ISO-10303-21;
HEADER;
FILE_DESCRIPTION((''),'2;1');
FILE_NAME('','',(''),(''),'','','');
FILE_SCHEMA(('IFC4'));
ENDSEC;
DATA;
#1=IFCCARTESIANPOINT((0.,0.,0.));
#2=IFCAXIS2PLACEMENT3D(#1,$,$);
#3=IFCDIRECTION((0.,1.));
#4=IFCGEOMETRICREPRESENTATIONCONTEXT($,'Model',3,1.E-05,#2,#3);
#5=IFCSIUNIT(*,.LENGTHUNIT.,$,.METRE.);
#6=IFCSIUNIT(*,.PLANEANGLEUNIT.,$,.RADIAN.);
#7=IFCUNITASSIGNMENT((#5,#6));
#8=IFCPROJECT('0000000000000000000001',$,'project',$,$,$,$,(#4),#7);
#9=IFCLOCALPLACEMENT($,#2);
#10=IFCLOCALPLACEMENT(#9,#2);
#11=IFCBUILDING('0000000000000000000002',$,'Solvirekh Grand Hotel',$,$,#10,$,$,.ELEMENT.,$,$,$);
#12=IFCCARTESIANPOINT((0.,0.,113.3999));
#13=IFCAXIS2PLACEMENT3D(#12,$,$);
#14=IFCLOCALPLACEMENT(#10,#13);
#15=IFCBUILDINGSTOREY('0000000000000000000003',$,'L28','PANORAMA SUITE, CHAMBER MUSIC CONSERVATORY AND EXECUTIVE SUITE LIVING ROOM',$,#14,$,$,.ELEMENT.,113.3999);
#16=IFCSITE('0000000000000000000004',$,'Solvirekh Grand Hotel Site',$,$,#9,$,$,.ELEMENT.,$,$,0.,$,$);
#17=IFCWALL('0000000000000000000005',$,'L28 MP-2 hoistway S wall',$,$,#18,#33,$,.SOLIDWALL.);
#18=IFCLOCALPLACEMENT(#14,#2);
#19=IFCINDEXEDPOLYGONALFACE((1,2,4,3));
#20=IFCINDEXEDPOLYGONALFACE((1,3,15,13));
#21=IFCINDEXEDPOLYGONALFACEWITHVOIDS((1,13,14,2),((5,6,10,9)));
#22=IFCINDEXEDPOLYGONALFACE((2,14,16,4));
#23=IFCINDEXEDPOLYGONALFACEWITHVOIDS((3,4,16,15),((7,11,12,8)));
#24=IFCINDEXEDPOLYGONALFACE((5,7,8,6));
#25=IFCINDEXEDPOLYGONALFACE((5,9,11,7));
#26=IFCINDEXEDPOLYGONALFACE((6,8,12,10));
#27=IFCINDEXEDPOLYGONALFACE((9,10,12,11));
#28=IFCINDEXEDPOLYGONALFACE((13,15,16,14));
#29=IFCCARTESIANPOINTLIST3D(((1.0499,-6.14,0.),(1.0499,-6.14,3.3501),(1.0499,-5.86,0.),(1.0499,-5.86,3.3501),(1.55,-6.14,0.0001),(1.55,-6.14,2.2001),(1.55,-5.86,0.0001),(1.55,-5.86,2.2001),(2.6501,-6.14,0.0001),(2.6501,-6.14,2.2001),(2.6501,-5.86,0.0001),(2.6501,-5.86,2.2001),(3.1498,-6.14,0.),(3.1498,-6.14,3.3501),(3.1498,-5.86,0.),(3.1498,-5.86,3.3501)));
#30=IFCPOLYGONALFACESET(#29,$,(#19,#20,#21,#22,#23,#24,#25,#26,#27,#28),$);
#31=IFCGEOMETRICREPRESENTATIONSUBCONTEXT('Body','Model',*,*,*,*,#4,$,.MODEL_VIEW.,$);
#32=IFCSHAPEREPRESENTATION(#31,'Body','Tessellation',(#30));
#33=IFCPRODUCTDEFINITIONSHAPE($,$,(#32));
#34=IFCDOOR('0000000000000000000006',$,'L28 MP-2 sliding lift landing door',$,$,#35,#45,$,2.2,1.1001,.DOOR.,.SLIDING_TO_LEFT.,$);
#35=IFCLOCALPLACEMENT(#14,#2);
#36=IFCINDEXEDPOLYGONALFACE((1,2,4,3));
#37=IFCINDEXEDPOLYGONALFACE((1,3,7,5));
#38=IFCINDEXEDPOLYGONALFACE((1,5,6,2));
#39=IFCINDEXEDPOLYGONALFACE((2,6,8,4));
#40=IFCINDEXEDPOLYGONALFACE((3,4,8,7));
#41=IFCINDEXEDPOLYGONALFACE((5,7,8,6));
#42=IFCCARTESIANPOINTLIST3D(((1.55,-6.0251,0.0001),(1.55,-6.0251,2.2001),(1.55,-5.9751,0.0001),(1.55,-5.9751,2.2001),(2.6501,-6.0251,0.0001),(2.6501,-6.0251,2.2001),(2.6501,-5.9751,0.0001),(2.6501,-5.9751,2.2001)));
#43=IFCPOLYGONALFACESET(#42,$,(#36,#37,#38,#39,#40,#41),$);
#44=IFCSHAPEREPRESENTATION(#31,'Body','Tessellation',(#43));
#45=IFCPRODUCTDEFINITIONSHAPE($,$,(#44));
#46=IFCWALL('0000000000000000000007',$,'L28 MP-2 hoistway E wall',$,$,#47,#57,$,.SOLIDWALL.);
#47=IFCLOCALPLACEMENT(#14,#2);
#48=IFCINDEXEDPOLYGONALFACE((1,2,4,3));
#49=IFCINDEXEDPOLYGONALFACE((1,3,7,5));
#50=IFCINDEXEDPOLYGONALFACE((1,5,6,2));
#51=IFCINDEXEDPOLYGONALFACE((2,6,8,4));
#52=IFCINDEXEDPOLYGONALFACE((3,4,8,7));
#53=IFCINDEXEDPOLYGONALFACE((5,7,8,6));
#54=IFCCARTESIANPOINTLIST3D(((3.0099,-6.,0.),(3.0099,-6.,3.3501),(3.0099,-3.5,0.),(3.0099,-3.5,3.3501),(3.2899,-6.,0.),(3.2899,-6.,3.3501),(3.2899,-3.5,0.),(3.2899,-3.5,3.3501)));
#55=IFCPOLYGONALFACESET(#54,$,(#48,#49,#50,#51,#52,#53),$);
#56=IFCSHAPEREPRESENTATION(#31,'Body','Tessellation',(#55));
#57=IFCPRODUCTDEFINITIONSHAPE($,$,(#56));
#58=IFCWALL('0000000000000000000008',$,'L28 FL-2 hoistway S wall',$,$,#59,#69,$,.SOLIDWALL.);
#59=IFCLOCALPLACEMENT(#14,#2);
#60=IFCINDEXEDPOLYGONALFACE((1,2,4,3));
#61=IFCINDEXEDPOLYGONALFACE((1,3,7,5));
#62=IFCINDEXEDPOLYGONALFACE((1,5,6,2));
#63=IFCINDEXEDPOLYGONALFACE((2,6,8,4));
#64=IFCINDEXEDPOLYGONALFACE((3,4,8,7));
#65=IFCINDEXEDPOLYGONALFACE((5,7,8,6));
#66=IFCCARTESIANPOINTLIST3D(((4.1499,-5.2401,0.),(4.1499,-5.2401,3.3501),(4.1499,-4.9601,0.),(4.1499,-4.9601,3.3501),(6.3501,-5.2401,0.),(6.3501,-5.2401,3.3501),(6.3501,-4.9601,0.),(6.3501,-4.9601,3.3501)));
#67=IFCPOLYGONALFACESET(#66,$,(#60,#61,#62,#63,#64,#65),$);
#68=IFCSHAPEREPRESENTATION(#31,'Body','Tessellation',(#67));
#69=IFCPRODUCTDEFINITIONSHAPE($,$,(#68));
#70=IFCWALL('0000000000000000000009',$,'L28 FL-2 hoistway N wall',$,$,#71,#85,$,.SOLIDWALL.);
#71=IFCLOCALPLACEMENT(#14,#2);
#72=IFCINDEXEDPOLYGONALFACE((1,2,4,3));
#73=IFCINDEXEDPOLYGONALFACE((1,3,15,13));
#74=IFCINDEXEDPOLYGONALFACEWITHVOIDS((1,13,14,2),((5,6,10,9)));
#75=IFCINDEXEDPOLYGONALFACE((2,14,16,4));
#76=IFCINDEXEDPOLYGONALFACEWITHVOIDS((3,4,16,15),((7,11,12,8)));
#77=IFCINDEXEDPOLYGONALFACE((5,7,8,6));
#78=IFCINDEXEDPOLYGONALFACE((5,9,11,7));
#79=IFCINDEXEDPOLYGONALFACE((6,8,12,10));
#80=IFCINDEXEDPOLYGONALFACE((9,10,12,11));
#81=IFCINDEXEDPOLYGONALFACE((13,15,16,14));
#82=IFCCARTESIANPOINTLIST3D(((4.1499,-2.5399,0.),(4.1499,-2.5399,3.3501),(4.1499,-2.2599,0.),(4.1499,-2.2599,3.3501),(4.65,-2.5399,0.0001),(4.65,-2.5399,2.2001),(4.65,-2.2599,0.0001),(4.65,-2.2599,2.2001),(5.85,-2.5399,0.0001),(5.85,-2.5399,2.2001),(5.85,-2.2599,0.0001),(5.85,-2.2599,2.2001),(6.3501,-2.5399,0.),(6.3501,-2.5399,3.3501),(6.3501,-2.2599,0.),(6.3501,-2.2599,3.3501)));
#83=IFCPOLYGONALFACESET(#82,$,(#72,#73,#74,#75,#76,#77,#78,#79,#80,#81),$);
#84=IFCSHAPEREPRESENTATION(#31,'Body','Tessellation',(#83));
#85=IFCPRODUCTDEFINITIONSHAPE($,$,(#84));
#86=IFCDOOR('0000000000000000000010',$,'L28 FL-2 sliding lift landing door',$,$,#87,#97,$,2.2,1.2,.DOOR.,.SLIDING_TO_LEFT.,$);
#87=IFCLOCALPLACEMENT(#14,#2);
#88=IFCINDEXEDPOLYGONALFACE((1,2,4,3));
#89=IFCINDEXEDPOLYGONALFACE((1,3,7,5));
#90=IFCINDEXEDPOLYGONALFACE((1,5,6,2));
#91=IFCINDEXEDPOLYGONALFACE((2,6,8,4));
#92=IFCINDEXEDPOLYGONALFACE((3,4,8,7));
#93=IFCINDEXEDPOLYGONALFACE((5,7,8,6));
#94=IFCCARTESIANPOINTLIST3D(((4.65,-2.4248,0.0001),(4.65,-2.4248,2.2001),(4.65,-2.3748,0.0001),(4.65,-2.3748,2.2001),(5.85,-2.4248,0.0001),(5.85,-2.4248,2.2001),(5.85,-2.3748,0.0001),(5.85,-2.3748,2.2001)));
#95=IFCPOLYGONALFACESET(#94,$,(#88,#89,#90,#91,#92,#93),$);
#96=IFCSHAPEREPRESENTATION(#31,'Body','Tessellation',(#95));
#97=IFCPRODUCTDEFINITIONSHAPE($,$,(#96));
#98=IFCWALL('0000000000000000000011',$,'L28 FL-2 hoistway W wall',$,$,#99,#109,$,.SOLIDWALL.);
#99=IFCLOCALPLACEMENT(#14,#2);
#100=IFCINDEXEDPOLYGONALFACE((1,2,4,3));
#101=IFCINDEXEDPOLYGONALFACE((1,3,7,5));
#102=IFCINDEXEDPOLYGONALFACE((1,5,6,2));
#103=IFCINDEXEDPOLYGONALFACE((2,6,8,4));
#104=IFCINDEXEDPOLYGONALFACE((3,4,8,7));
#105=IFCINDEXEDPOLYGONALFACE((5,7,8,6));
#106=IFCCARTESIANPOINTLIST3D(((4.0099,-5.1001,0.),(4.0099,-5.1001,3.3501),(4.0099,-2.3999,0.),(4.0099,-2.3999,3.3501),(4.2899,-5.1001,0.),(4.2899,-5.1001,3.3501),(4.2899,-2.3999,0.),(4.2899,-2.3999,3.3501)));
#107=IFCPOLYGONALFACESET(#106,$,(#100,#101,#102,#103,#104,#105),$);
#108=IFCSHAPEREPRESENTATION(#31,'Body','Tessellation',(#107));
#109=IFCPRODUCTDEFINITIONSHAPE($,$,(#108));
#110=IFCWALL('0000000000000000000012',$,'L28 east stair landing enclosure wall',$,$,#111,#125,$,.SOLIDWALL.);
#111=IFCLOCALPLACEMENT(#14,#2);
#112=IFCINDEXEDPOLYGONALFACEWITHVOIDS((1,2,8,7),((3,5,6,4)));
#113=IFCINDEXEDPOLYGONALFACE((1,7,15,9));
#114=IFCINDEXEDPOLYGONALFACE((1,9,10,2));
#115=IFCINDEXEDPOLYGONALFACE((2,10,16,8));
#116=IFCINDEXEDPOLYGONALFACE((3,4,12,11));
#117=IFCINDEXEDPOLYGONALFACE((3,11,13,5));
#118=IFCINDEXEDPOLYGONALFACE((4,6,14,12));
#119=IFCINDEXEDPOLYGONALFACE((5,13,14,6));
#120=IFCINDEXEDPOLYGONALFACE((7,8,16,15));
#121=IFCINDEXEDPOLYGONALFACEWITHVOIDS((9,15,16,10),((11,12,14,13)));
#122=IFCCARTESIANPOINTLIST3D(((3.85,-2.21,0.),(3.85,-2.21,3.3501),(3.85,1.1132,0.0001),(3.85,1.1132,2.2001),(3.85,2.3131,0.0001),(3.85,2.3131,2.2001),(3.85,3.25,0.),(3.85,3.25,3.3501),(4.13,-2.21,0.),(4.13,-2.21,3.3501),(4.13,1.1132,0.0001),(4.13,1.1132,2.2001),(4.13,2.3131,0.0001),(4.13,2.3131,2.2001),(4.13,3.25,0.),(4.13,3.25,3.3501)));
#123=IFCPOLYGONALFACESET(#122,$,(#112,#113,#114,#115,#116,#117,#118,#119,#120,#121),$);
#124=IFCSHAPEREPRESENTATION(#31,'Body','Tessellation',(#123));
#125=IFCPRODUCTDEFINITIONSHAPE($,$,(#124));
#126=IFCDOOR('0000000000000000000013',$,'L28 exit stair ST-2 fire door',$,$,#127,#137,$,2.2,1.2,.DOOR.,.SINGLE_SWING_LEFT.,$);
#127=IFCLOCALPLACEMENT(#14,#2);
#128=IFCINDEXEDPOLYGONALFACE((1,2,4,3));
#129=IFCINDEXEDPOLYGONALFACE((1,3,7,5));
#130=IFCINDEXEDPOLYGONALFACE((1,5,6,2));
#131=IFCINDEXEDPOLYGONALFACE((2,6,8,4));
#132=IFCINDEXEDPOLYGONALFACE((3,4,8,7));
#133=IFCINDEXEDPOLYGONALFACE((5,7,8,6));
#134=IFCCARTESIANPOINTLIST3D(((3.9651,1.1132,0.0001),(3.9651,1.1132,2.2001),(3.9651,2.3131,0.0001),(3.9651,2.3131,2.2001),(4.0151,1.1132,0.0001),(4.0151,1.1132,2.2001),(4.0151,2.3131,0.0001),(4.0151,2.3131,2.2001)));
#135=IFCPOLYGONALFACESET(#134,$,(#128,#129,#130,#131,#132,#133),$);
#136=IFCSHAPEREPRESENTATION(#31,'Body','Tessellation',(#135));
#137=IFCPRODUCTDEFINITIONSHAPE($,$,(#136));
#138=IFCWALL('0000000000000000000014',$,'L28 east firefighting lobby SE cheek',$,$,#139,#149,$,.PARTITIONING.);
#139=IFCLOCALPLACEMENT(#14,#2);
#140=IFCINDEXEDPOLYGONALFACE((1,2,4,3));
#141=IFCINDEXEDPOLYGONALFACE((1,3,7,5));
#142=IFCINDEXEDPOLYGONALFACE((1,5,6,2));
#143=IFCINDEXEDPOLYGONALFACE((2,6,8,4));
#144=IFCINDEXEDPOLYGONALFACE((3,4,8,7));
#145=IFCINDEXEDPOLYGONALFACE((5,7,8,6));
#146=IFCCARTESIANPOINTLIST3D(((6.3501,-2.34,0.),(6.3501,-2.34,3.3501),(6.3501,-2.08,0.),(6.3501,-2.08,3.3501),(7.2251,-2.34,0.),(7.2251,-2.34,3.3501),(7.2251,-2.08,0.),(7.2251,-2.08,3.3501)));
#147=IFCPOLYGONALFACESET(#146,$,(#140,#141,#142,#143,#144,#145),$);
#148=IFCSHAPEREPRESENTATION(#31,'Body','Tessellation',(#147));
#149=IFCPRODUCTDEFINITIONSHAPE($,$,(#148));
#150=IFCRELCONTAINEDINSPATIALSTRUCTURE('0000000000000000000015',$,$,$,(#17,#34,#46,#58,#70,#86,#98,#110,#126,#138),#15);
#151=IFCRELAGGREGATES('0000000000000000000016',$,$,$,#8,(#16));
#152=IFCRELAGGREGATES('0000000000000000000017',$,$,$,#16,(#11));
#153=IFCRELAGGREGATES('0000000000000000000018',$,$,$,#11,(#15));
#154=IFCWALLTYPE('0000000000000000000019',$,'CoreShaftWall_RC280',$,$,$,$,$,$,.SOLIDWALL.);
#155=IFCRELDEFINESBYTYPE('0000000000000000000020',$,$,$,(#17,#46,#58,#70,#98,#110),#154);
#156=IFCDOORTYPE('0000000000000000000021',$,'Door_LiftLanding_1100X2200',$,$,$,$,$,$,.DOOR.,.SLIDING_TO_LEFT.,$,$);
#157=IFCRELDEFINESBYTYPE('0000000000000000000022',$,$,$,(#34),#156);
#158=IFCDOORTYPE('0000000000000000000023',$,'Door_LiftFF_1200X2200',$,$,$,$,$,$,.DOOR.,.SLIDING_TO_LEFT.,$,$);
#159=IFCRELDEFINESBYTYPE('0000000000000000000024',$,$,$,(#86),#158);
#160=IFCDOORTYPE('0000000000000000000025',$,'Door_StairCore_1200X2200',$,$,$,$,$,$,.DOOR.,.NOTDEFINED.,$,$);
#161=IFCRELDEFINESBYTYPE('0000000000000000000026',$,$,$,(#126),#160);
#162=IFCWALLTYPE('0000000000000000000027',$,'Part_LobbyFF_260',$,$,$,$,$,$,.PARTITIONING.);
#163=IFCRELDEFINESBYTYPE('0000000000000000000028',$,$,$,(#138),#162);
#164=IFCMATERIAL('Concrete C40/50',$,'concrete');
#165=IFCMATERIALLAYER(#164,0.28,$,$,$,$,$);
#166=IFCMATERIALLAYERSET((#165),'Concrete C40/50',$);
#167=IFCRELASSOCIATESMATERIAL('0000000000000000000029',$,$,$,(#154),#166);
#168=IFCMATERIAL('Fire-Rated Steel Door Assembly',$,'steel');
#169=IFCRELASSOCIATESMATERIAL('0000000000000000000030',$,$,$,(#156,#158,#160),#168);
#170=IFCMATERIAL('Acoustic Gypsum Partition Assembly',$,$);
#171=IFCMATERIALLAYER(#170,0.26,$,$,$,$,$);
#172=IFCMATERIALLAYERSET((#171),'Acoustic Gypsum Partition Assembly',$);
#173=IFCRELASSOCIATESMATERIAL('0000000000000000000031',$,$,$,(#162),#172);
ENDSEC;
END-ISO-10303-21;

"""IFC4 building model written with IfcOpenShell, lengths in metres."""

from ifc_helpers import new_model, si_unit, direction, frame, frame_2d, origin, place, context, subcontext, project, spatial, rectangle, extrude, material, layer, layer_set, type_object, element, fill, save


model = new_model("IFC4")

# Units and contexts
model_context = context("Model", 3, precision=1e-05, world=origin(), true_north=direction((0.0, 1.0)))
body_context = subcontext(model_context, "Body", "Model", "MODEL_VIEW")
ifc_project = project(units=[si_unit("LENGTHUNIT", "METRE"), si_unit("PLANEANGLEUNIT", "RADIAN")], contexts=[model_context])

# Site, building, storey
site_placement = place(None, origin())
site = spatial("IfcSite", under=ifc_project, at=site_placement, Name="Solvirekh Grand Hotel Site", CompositionType="ELEMENT", RefElevation=0.0)
building_placement = place(site_placement, origin())
building = spatial("IfcBuilding", under=site, at=building_placement, Name="Solvirekh Grand Hotel", CompositionType="ELEMENT")
storey_placement = place(building_placement, frame((0.0, 0.0, 113.3999)))
storey = spatial("IfcBuildingStorey", under=building, at=storey_placement, Name="L28", Description="PANORAMA SUITE, CHAMBER MUSIC CONSERVATORY AND EXECUTIVE SUITE LIVING ROOM", CompositionType="ELEMENT", Elevation=113.3999)

# Shared definitions
ifc_material_1 = material(Name="Concrete C40/50", Category="concrete")
ifc_layer_1 = layer(ifc_material_1, 0.28)
ifc_layer_set_1 = layer_set([ifc_layer_1], Name="Concrete C40/50")
wall_type_1 = type_object("IfcWallType", Name="CoreShaftWall_RC280", PredefinedType="SOLIDWALL", material=ifc_layer_set_1)

# Wall, opening, door
wall_1_placement = place(storey_placement, frame((1.05, -6.0, 0.0), z_axis=(0.0, 0.0, 1.0), x_axis=(1.0, 0.0, 0.0)))
wall_1 = element("IfcWall", 1, at=wall_1_placement, inside=storey, type_object=wall_type_1, Name="L28 MP-2 hoistway S wall", PredefinedType="SOLIDWALL", context=body_context, shape_type="SweptSolid", body=[
    extrude(rectangle(XDim=2.0999, YDim=0.28, at=frame_2d((1.0498, 0.0))), origin(), (0.0, 0.0, 1.0), 3.3501),
])
opening_1_placement = place(wall_1_placement, frame((0.5, 0.0, 0.0)))
opening_1 = element("IfcOpeningElement", 2, at=opening_1_placement, cuts=wall_1, PredefinedType="OPENING", context=body_context, shape_type="SweptSolid", body=[
    extrude(rectangle(XDim=1.1001, YDim=2.2, at=frame_2d((0.55, 1.1001))), frame((0.0, 0.1499, 0.0), z_axis=(0.0, -1.0, 0.0), x_axis=(1.0, 0.0, 0.0)), (0.0, 0.0, 1.0), 0.3),
])
ifc_material_2 = material(Name="Fire-Rated Steel Door Assembly", Category="steel")
door_type_1 = type_object("IfcDoorType", Name="Door_LiftLanding_1100X2200", OperationType="SLIDING_TO_LEFT", PredefinedType="DOOR", material=ifc_material_2)
door_1_placement = place(opening_1_placement, origin())
door_1 = element("IfcDoor", 3, at=door_1_placement, inside=storey, type_object=door_type_1, Name="L28 MP-2 sliding lift landing door", OperationType="SLIDING_TO_LEFT", OverallHeight=2.2, OverallWidth=1.1001, PredefinedType="DOOR", context=body_context, shape_type="SweptSolid", body=[
    extrude(rectangle(XDim=1.1001, YDim=2.2, at=frame_2d((0.55, 1.1001))), frame((0.0, 0.0249, 0.0), z_axis=(0.0, -1.0, 0.0), x_axis=(1.0, 0.0, 0.0)), (0.0, 0.0, 1.0), 0.05),
])
fill(opening_1, door_1)

# Walls
wall_2_placement = place(storey_placement, frame((3.1499, -6.0, 0.0), z_axis=(0.0, 0.0, 1.0), x_axis=(0.0, 1.0, 0.0)))
element("IfcWall", 4, at=wall_2_placement, inside=storey, type_object=wall_type_1, Name="L28 MP-2 hoistway E wall", PredefinedType="SOLIDWALL", context=body_context, shape_type="SweptSolid", body=[
    extrude(rectangle(XDim=2.5, YDim=0.28, at=frame_2d((1.25, 0.0))), origin(), (0.0, 0.0, 1.0), 3.3501),
])
wall_3_placement = place(storey_placement, frame((4.1499, -5.1001, 0.0), z_axis=(0.0, 0.0, 1.0), x_axis=(1.0, 0.0, 0.0)))
element("IfcWall", 5, at=wall_3_placement, inside=storey, type_object=wall_type_1, Name="L28 FL-2 hoistway S wall", PredefinedType="SOLIDWALL", context=body_context, shape_type="SweptSolid", body=[
    extrude(rectangle(XDim=2.2002, YDim=0.28, at=frame_2d((1.1001, 0.0))), origin(), (0.0, 0.0, 1.0), 3.3501),
])

# Wall, opening, door
wall_4_placement = place(storey_placement, frame((6.3501, -2.3999, 0.0), z_axis=(0.0, 0.0, 1.0), x_axis=(-1.0, 0.0, 0.0)))
wall_4 = element("IfcWall", 6, at=wall_4_placement, inside=storey, type_object=wall_type_1, Name="L28 FL-2 hoistway N wall", PredefinedType="SOLIDWALL", context=body_context, shape_type="SweptSolid", body=[
    extrude(rectangle(XDim=2.2002, YDim=0.28, at=frame_2d((1.1001, 0.0))), origin(), (0.0, 0.0, 1.0), 3.3501),
])
opening_2_placement = place(wall_4_placement, frame((0.5, 0.0, 0.0)))
opening_2 = element("IfcOpeningElement", 7, at=opening_2_placement, cuts=wall_4, PredefinedType="OPENING", context=body_context, shape_type="SweptSolid", body=[
    extrude(rectangle(XDim=1.2, YDim=2.2, at=frame_2d((0.6001, 1.1001))), frame((0.0, 0.1499, 0.0), z_axis=(0.0, -1.0, 0.0), x_axis=(1.0, 0.0, 0.0)), (0.0, 0.0, 1.0), 0.3),
])
door_type_2 = type_object("IfcDoorType", Name="Door_LiftFF_1200X2200", OperationType="SLIDING_TO_LEFT", PredefinedType="DOOR", material=ifc_material_2)
door_2_placement = place(opening_2_placement, origin())
door_2 = element("IfcDoor", 8, at=door_2_placement, inside=storey, type_object=door_type_2, Name="L28 FL-2 sliding lift landing door", OperationType="SLIDING_TO_LEFT", OverallHeight=2.2, OverallWidth=1.2, PredefinedType="DOOR", context=body_context, shape_type="SweptSolid", body=[
    extrude(rectangle(XDim=1.2, YDim=2.2, at=frame_2d((0.6001, 1.1001))), frame((0.0, 0.0249, 0.0), z_axis=(0.0, -1.0, 0.0), x_axis=(1.0, 0.0, 0.0)), (0.0, 0.0, 1.0), 0.05),
])
fill(opening_2, door_2)

# Wall
wall_5_placement = place(storey_placement, frame((4.1499, -2.3999, 0.0), z_axis=(0.0, 0.0, 1.0), x_axis=(0.0, -1.0, 0.0)))
element("IfcWall", 9, at=wall_5_placement, inside=storey, type_object=wall_type_1, Name="L28 FL-2 hoistway W wall", PredefinedType="SOLIDWALL", context=body_context, shape_type="SweptSolid", body=[
    extrude(rectangle(XDim=2.7002, YDim=0.28, at=frame_2d((1.3501, 0.0))), origin(), (0.0, 0.0, 1.0), 3.3501),
])

# Wall, opening, door
wall_6_placement = place(storey_placement, frame((3.99, -2.21, 0.0), z_axis=(0.0, 0.0, 1.0), x_axis=(0.0, 1.0, 0.0)))
wall_6 = element("IfcWall", 10, at=wall_6_placement, inside=storey, type_object=wall_type_1, Name="L28 east stair landing enclosure wall", PredefinedType="SOLIDWALL", context=body_context, shape_type="SweptSolid", body=[
    extrude(rectangle(XDim=5.46, YDim=0.28, at=frame_2d((2.73, 0.0))), origin(), (0.0, 0.0, 1.0), 3.3501),
])
opening_3_placement = place(wall_6_placement, frame((3.323, 0.0, 0.0)))
opening_3 = element("IfcOpeningElement", 11, at=opening_3_placement, cuts=wall_6, PredefinedType="OPENING", context=body_context, shape_type="SweptSolid", body=[
    extrude(rectangle(XDim=1.2, YDim=2.2, at=frame_2d((0.6001, 1.1001))), frame((0.0, 0.1499, 0.0), z_axis=(0.0, -1.0, 0.0), x_axis=(1.0, 0.0, 0.0)), (0.0, 0.0, 1.0), 0.3),
])
door_type_3 = type_object("IfcDoorType", Name="Door_StairCore_1200X2200", OperationType="NOTDEFINED", PredefinedType="DOOR", material=ifc_material_2)
door_3_placement = place(opening_3_placement, origin())
door_3 = element("IfcDoor", 12, at=door_3_placement, inside=storey, type_object=door_type_3, Name="L28 exit stair ST-2 fire door", OperationType="SINGLE_SWING_LEFT", OverallHeight=2.2, OverallWidth=1.2, PredefinedType="DOOR", context=body_context, shape_type="SweptSolid", body=[
    extrude(rectangle(XDim=1.2, YDim=2.2, at=frame_2d((0.6001, 1.1001))), frame((0.0, 0.0249, 0.0), z_axis=(0.0, -1.0, 0.0), x_axis=(1.0, 0.0, 0.0)), (0.0, 0.0, 1.0), 0.05),
])
fill(opening_3, door_3)

# Wall
ifc_material_3 = material(Name="Acoustic Gypsum Partition Assembly")
ifc_layer_2 = layer(ifc_material_3, 0.26)
ifc_layer_set_2 = layer_set([ifc_layer_2], Name="Acoustic Gypsum Partition Assembly")
wall_type_2 = type_object("IfcWallType", Name="Part_LobbyFF_260", PredefinedType="PARTITIONING", material=ifc_layer_set_2)
wall_7_placement = place(storey_placement, frame((6.3501, -2.21, 0.0), z_axis=(0.0, 0.0, 1.0), x_axis=(1.0, 0.0, 0.0)))
element("IfcWall", 13, at=wall_7_placement, inside=storey, type_object=wall_type_2, Name="L28 east firefighting lobby SE cheek", PredefinedType="PARTITIONING", context=body_context, shape_type="SweptSolid", body=[
    extrude(rectangle(XDim=0.875, YDim=0.26, at=frame_2d((0.4375, 0.0))), origin(), (0.0, 0.0, 1.0), 3.3501),
])

save(model, "model.ifc")
